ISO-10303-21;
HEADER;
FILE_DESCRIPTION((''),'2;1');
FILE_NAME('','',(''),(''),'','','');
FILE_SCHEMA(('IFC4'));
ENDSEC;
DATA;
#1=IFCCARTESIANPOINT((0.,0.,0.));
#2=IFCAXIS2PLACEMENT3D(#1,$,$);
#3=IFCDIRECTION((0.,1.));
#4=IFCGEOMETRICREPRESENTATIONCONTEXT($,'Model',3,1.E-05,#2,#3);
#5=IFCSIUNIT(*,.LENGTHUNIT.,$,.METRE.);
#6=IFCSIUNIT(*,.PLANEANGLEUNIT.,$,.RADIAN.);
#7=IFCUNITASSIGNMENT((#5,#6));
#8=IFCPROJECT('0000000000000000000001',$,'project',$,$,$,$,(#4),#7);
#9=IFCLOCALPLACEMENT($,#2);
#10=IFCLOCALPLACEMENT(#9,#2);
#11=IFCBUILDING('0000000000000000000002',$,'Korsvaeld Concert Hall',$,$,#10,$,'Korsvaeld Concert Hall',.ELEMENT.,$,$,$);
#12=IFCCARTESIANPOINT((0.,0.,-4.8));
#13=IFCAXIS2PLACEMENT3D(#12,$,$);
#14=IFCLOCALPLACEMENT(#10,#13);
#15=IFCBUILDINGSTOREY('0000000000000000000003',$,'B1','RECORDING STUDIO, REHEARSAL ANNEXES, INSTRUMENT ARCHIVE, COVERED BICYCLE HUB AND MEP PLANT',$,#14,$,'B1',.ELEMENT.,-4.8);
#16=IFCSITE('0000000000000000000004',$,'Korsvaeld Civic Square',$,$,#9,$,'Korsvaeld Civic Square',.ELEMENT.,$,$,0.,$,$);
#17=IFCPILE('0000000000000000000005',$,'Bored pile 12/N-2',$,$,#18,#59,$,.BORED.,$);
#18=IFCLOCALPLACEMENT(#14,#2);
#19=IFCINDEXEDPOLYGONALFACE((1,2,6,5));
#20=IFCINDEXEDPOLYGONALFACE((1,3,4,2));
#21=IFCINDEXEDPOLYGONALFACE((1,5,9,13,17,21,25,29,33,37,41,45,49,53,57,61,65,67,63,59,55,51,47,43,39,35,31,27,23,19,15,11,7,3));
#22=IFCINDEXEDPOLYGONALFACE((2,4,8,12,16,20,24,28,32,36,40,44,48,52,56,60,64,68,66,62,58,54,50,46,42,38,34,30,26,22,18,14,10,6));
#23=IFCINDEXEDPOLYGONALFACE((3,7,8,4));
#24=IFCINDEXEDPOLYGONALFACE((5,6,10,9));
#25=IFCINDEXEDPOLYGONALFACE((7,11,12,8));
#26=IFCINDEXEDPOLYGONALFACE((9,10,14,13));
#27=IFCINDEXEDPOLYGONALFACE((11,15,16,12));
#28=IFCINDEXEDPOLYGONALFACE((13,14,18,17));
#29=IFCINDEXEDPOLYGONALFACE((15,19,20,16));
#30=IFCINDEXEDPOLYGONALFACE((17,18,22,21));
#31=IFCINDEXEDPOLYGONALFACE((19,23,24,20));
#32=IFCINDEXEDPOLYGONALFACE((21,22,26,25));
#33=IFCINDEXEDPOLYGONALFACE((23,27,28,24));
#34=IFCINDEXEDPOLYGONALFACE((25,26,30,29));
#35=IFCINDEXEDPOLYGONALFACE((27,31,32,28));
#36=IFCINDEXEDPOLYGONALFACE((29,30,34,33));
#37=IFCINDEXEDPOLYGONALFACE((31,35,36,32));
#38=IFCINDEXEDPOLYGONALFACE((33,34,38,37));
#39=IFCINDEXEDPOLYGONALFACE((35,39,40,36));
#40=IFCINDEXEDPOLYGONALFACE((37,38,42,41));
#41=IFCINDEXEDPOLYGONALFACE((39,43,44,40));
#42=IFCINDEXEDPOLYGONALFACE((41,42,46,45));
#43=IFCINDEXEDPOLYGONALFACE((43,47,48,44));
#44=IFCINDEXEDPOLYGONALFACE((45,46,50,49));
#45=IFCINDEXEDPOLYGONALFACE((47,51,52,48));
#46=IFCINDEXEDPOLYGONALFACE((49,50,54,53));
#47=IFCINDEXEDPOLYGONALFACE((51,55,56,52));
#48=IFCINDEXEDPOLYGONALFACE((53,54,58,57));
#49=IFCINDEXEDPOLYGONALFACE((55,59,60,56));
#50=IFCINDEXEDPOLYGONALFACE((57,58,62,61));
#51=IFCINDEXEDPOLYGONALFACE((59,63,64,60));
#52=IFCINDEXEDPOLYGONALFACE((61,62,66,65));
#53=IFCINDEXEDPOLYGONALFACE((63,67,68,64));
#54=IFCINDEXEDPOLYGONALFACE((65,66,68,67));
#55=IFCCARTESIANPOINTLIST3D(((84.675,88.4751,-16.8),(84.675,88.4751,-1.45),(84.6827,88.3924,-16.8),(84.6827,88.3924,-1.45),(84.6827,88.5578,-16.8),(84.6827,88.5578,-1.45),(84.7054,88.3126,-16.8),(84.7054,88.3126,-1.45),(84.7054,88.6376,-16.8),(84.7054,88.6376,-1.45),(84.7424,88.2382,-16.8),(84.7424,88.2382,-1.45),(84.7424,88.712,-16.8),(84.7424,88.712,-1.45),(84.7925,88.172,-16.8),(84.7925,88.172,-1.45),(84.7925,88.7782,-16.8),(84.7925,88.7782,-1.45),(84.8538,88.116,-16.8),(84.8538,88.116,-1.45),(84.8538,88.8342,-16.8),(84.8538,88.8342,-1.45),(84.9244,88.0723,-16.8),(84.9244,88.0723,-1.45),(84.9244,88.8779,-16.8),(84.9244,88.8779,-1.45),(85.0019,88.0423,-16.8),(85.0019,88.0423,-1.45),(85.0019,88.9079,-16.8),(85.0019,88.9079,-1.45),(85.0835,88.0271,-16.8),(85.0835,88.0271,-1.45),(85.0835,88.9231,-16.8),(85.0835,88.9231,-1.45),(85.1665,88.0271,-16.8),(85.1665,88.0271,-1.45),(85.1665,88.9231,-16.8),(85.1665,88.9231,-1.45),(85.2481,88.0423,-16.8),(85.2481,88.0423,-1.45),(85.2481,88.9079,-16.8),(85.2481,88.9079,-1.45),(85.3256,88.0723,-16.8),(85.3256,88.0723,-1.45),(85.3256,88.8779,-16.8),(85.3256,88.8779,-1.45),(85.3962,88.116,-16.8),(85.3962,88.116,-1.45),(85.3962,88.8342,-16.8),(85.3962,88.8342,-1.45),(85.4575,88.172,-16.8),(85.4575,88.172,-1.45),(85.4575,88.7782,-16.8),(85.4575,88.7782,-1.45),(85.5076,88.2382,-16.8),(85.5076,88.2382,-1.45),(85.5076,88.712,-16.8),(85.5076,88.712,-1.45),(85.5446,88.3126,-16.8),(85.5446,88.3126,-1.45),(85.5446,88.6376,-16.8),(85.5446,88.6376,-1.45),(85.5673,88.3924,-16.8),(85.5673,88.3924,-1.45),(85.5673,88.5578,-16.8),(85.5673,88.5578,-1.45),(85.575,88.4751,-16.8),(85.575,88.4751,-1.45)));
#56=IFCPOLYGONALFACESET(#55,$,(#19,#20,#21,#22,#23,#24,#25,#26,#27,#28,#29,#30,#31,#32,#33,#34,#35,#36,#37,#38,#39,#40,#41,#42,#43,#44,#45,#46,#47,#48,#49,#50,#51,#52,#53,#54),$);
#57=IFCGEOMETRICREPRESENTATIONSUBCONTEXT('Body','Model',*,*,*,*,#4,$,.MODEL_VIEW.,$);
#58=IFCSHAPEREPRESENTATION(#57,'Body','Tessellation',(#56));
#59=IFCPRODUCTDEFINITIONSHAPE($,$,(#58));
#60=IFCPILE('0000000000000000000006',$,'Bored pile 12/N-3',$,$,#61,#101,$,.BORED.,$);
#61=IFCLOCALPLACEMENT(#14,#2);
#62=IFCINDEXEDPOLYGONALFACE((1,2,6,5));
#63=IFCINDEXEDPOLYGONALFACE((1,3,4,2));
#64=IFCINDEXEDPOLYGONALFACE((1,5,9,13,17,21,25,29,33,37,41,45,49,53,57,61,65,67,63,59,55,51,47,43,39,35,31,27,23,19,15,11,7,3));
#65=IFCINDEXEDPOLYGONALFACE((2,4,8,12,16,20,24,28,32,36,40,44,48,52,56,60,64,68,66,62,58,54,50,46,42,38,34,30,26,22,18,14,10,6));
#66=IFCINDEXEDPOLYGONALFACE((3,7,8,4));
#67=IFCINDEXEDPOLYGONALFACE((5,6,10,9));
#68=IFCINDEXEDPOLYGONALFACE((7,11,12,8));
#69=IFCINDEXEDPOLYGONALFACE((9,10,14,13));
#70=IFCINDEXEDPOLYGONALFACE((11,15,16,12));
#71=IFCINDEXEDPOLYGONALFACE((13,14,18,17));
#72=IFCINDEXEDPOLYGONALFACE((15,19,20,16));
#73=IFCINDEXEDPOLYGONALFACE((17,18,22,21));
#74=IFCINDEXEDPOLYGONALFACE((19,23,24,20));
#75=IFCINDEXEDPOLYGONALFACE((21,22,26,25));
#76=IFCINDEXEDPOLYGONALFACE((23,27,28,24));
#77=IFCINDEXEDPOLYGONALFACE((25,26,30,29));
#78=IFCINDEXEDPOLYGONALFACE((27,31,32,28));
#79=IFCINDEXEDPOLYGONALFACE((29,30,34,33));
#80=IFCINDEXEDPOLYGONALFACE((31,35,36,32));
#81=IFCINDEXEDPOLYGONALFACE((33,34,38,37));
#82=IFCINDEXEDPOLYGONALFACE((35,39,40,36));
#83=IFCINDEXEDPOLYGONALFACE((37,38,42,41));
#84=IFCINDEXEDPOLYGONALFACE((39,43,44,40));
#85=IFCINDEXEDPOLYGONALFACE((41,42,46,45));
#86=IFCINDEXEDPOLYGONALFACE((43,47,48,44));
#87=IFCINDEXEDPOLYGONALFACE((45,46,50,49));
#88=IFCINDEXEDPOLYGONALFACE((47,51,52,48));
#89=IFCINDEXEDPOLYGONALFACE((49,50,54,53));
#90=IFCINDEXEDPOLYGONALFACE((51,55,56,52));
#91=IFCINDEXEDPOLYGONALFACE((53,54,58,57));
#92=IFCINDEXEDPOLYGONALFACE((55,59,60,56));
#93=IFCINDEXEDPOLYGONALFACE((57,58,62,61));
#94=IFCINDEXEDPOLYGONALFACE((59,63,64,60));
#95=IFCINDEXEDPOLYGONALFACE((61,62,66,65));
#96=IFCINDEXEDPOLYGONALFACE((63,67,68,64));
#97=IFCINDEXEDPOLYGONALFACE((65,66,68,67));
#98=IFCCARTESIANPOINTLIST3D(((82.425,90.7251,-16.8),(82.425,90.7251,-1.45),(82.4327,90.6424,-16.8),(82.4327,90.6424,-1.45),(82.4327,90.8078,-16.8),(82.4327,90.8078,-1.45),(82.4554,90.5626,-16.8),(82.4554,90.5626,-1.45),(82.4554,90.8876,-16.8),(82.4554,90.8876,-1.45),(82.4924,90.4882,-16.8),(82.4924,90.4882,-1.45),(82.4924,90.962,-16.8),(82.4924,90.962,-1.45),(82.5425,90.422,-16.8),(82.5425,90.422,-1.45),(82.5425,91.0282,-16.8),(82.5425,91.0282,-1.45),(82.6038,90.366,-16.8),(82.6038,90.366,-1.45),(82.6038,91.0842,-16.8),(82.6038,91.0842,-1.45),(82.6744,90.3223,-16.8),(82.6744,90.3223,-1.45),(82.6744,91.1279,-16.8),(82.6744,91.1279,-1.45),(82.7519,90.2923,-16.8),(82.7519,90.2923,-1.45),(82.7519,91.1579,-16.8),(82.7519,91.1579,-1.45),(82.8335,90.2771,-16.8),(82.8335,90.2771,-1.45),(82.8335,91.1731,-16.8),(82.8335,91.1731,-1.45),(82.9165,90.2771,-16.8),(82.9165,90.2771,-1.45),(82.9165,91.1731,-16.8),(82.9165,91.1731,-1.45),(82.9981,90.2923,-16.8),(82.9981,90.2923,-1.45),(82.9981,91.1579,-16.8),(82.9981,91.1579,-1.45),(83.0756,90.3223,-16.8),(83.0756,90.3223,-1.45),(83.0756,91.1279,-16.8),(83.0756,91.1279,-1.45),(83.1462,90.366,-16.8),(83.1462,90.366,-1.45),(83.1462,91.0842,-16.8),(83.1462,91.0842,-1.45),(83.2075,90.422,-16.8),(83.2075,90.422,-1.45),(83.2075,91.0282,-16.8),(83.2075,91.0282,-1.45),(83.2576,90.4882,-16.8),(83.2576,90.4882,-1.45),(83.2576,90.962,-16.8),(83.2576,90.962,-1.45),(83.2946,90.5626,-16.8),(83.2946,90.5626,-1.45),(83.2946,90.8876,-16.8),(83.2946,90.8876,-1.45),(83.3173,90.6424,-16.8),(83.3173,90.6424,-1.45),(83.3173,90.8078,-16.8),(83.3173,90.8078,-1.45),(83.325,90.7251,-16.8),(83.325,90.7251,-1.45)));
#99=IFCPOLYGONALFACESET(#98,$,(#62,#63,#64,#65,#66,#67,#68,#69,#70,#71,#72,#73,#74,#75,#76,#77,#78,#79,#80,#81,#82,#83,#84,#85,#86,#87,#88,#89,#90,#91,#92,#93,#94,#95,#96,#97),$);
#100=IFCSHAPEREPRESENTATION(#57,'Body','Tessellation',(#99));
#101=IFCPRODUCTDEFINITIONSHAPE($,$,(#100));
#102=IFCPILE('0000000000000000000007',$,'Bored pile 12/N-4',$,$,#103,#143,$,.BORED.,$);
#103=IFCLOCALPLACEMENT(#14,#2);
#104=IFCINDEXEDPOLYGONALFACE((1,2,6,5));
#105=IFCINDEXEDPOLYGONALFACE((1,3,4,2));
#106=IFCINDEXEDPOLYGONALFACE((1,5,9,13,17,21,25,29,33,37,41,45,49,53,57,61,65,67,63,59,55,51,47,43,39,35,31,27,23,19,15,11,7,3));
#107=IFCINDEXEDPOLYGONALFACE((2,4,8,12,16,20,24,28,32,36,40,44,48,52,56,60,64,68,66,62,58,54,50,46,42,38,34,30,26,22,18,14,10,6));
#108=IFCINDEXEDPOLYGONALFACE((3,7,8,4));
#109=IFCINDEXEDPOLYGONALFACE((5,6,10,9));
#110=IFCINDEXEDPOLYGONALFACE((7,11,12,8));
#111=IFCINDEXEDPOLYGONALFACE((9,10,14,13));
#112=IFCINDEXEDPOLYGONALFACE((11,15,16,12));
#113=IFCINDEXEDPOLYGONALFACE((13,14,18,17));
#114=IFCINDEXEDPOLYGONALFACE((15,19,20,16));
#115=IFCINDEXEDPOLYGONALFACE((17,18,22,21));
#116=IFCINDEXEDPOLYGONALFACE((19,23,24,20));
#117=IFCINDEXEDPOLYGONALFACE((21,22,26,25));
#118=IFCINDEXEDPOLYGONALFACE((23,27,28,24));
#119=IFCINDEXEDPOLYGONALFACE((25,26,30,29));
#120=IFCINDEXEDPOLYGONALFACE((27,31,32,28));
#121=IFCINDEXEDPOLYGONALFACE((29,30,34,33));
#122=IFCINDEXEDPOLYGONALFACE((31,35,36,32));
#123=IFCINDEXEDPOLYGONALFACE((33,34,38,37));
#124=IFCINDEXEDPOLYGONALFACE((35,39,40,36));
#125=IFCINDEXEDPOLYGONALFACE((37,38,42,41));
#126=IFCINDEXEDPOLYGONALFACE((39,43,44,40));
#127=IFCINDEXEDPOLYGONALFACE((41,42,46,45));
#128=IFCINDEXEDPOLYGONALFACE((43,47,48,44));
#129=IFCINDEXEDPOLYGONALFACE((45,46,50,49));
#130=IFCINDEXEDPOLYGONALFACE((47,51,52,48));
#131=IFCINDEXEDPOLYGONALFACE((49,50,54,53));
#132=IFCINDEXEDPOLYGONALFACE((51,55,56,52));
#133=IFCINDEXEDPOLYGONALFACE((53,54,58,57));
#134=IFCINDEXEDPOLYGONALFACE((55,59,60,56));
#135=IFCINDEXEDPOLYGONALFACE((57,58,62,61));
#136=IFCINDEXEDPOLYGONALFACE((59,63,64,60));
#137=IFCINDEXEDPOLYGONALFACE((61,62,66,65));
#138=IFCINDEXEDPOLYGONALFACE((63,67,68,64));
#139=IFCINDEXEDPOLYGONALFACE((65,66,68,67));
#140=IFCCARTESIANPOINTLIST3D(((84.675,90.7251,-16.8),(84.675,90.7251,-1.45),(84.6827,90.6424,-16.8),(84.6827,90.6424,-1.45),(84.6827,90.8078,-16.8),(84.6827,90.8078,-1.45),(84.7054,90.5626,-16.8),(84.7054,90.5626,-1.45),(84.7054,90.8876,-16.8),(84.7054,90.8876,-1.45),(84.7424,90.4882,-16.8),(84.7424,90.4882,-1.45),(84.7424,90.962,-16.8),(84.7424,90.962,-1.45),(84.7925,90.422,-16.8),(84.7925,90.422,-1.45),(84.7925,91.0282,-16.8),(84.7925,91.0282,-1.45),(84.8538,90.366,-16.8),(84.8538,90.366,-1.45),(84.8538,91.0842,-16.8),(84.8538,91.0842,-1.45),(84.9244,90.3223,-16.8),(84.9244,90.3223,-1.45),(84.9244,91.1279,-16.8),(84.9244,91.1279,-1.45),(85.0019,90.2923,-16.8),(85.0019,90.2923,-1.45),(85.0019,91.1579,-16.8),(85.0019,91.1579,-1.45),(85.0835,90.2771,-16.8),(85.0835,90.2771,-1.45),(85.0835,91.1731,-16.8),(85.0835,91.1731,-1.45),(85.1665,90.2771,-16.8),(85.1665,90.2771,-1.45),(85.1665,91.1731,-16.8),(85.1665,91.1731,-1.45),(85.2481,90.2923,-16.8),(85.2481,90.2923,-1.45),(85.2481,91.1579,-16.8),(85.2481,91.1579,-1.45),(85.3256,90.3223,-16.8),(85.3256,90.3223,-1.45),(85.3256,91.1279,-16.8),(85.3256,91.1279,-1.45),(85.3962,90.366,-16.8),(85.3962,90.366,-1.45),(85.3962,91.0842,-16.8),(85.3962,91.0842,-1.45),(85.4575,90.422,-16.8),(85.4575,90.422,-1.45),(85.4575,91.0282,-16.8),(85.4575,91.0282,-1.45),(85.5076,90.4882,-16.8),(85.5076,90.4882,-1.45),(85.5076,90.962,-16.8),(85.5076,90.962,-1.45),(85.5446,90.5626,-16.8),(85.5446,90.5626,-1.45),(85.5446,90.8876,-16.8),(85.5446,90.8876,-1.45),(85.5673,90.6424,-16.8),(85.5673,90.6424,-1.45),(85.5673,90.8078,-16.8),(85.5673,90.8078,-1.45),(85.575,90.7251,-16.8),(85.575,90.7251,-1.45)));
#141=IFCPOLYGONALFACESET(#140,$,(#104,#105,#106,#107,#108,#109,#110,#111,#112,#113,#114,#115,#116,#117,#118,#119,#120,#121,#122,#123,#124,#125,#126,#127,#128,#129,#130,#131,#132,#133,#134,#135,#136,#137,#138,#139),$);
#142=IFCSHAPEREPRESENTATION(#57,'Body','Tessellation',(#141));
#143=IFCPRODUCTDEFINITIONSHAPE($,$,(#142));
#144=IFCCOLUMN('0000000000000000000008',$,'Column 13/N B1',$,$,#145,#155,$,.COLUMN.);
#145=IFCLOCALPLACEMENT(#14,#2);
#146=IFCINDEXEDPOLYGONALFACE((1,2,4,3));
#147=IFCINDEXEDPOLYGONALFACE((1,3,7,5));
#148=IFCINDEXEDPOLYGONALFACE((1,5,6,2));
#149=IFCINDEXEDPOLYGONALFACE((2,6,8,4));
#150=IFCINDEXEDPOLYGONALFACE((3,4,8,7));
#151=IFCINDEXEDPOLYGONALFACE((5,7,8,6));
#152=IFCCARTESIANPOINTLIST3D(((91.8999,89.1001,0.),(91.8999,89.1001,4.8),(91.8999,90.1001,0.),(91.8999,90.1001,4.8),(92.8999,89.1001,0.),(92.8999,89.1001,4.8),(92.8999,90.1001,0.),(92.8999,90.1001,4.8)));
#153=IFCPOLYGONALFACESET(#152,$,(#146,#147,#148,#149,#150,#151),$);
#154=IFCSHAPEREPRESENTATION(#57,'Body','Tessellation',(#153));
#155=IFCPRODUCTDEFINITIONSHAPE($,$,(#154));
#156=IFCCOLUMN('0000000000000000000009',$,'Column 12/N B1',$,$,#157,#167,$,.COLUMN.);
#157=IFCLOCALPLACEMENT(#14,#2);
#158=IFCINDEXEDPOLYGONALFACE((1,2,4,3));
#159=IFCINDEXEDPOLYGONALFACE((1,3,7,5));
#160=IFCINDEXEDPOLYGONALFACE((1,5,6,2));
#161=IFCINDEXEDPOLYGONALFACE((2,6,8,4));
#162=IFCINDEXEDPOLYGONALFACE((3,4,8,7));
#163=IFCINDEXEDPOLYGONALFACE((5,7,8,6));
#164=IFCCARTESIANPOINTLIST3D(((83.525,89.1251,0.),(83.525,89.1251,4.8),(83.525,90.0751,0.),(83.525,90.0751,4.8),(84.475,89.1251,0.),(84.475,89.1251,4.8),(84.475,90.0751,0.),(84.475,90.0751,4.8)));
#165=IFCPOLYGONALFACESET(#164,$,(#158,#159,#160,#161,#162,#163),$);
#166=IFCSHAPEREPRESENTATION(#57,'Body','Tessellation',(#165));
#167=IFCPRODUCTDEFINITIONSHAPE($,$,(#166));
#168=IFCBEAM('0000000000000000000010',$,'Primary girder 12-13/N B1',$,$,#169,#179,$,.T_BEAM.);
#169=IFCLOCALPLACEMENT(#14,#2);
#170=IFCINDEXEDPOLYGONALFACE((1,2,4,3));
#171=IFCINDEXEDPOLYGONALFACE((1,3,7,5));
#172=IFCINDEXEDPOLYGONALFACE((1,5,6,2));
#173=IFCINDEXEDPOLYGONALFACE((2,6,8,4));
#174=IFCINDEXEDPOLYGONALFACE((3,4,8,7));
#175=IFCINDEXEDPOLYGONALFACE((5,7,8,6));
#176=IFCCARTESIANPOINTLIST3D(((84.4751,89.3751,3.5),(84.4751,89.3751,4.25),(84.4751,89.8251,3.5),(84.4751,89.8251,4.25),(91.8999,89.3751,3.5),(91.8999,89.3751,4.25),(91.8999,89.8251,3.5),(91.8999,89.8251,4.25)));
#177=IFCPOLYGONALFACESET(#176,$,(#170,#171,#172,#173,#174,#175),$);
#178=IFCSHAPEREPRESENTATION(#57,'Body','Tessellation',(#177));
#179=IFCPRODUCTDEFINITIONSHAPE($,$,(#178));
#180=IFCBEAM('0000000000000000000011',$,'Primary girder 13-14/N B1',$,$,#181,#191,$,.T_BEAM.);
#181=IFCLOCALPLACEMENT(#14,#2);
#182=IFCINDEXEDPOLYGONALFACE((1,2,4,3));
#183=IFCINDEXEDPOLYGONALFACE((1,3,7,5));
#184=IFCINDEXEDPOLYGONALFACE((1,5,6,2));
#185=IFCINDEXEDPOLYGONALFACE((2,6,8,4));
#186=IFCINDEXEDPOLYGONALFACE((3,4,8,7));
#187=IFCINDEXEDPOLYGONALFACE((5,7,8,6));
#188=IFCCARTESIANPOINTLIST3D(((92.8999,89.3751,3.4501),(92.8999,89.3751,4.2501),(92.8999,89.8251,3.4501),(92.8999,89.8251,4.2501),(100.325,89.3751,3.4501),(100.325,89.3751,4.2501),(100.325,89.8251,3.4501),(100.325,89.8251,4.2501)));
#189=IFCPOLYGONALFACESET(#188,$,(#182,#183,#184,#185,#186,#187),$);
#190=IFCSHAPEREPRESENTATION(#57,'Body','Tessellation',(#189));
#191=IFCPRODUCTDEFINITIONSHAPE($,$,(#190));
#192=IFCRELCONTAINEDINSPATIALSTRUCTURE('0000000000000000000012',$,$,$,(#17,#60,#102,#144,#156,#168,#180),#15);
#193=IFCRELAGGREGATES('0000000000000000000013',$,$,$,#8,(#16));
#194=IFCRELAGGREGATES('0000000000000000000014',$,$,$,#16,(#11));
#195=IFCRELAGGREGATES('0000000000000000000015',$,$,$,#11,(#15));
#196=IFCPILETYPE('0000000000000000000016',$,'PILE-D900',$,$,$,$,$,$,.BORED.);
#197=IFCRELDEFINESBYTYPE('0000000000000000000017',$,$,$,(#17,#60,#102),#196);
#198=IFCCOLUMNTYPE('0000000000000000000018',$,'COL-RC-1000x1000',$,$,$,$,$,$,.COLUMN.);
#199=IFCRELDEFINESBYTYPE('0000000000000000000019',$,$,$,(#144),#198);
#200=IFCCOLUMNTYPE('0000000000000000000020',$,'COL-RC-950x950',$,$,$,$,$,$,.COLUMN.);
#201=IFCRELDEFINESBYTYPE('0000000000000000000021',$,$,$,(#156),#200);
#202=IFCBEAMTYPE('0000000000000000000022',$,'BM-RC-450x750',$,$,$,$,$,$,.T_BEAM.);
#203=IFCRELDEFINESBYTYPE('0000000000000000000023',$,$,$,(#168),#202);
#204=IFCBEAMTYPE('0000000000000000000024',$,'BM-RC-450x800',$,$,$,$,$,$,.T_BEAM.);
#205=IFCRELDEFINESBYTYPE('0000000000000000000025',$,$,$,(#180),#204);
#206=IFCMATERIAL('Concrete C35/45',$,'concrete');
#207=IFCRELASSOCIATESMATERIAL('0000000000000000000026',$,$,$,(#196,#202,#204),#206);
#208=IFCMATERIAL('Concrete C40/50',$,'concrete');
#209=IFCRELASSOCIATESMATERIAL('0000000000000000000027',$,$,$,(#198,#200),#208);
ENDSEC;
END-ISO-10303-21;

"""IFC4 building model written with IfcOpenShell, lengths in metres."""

from ifc_helpers import new_model, si_unit, direction, frame, origin, origin_2d, place, context, subcontext, project, spatial, rectangle, circle, extrude, material, material_profile, profile_set, type_object, element, save


model = new_model("IFC4")

# Units and contexts
model_context = context("Model", 3, precision=1e-05, world=origin(), true_north=direction((0.0, 1.0)))
body_context = subcontext(model_context, "Body", "Model", "MODEL_VIEW")
ifc_project = project(units=[si_unit("LENGTHUNIT", "METRE"), si_unit("PLANEANGLEUNIT", "RADIAN")], contexts=[model_context])

# Site, building, storey
site_placement = place(None, origin())
site = spatial("IfcSite", under=ifc_project, at=site_placement, Name="Korsvaeld Civic Square", LongName="Korsvaeld Civic Square", CompositionType="ELEMENT", RefElevation=0.0)
building_placement = place(site_placement, origin())
building = spatial("IfcBuilding", under=site, at=building_placement, Name="Korsvaeld Concert Hall", LongName="Korsvaeld Concert Hall", CompositionType="ELEMENT")
storey_placement = place(building_placement, frame((0.0, 0.0, -4.8)))
storey = spatial("IfcBuildingStorey", under=building, at=storey_placement, Name="B1", Description="RECORDING STUDIO, REHEARSAL ANNEXES, INSTRUMENT ARCHIVE, COVERED BICYCLE HUB AND MEP PLANT", LongName="B1", CompositionType="ELEMENT", Elevation=-4.8)

# Shared definitions
ifc_material_1 = material(Name="Concrete C35/45", Category="concrete")

# Piles
ifc_material_2 = material(Name="Concrete C40/50", Category="concrete")
ifc_material_profile_1 = material_profile(ifc_material_1, circle(Radius=0.45, at=origin_2d()), Name="BORED PILE D900")
ifc_profile_set_1 = profile_set([ifc_material_profile_1], Name="Concrete C35/45")
pile_type_1 = type_object("IfcPileType", Name="PILE-D900", PredefinedType="BORED", material=ifc_profile_set_1)
for number, where, z_axis, x_axis, name in (
    (1, (85.125, 88.4751, -1.45), (0.0, 0.0, -1.0), (1.0, 0.0, 0.0), "Bored pile 12/N-2"),
    (2, (82.875, 90.7251, -1.45), (0.0, 0.0, -1.0), (1.0, 0.0, 0.0), "Bored pile 12/N-3"),
    (3, (85.125, 90.7251, -1.45), (0.0, 0.0, -1.0), (1.0, 0.0, 0.0), "Bored pile 12/N-4"),
):
    element("IfcPile", number, at=place(storey_placement, frame(where, z_axis=z_axis, x_axis=x_axis)), inside=storey, type_object=pile_type_1, Name=name, PredefinedType="BORED", context=body_context, shape_type="SweptSolid", body=[
        extrude(circle(Radius=0.45, at=origin_2d()), origin(), (0.0, 0.0, 1.0), 15.3501),
    ])

# Columns
ifc_material_profile_2 = material_profile(ifc_material_2, rectangle(XDim=1.0, YDim=1.0, at=origin_2d()), Name="RC 1000x1000")
ifc_profile_set_2 = profile_set([ifc_material_profile_2], Name="Concrete C40/50")
column_type_1 = type_object("IfcColumnType", Name="COL-RC-1000x1000", PredefinedType="COLUMN", material=ifc_profile_set_2)
column_1_placement = place(storey_placement, frame((92.3999, 89.6001, 0.0), z_axis=(0.0, 0.0, 1.0), x_axis=(1.0, 0.0, 0.0)))
element("IfcColumn", 4, at=column_1_placement, inside=storey, type_object=column_type_1, Name="Column 13/N B1", PredefinedType="COLUMN", context=body_context, shape_type="SweptSolid", body=[
    extrude(rectangle(XDim=1.0, YDim=1.0, at=origin_2d()), origin(), (0.0, 0.0, 1.0), 4.8),
])
ifc_material_profile_3 = material_profile(ifc_material_2, rectangle(XDim=0.95, YDim=0.95, at=origin_2d()), Name="RC 950x950")
ifc_profile_set_3 = profile_set([ifc_material_profile_3], Name="Concrete C40/50")
column_type_2 = type_object("IfcColumnType", Name="COL-RC-950x950", PredefinedType="COLUMN", material=ifc_profile_set_3)
column_2_placement = place(storey_placement, frame((84.0, 89.6001, 0.0), z_axis=(0.0, 0.0, 1.0), x_axis=(1.0, 0.0, 0.0)))
element("IfcColumn", 5, at=column_2_placement, inside=storey, type_object=column_type_2, Name="Column 12/N B1", PredefinedType="COLUMN", context=body_context, shape_type="SweptSolid", body=[
    extrude(rectangle(XDim=0.95, YDim=0.95, at=origin_2d()), origin(), (0.0, 0.0, 1.0), 4.8),
])

# Beams
ifc_material_profile_4 = material_profile(ifc_material_1, rectangle(XDim=0.45, YDim=0.75, at=origin_2d()), Name="RC 450x750")
ifc_profile_set_4 = profile_set([ifc_material_profile_4], Name="Concrete C35/45")
beam_type_1 = type_object("IfcBeamType", Name="BM-RC-450x750", PredefinedType="T_BEAM", material=ifc_profile_set_4)
beam_1_placement = place(storey_placement, frame((84.4751, 89.6001, 3.875), z_axis=(1.0, 0.0, 0.0), x_axis=(0.0, 1.0, 0.0)))
element("IfcBeam", 6, at=beam_1_placement, inside=storey, type_object=beam_type_1, Name="Primary girder 12-13/N B1", PredefinedType="T_BEAM", context=body_context, shape_type="SweptSolid", body=[
    extrude(rectangle(XDim=0.45, YDim=0.75, at=origin_2d()), origin(), (0.0, 0.0, 1.0), 7.4248),
])
ifc_material_profile_5 = material_profile(ifc_material_1, rectangle(XDim=0.45, YDim=0.8, at=origin_2d()), Name="RC 450x800")
ifc_profile_set_5 = profile_set([ifc_material_profile_5], Name="Concrete C35/45")
beam_type_2 = type_object("IfcBeamType", Name="BM-RC-450x800", PredefinedType="T_BEAM", material=ifc_profile_set_5)
beam_2_placement = place(storey_placement, frame((92.8999, 89.6001, 3.8501), z_axis=(1.0, 0.0, 0.0), x_axis=(0.0, 1.0, 0.0)))
element("IfcBeam", 7, at=beam_2_placement, inside=storey, type_object=beam_type_2, Name="Primary girder 13-14/N B1", PredefinedType="T_BEAM", context=body_context, shape_type="SweptSolid", body=[
    extrude(rectangle(XDim=0.45, YDim=0.8, at=origin_2d()), origin(), (0.0, 0.0, 1.0), 7.425),
])

save(model, "model.ifc")
